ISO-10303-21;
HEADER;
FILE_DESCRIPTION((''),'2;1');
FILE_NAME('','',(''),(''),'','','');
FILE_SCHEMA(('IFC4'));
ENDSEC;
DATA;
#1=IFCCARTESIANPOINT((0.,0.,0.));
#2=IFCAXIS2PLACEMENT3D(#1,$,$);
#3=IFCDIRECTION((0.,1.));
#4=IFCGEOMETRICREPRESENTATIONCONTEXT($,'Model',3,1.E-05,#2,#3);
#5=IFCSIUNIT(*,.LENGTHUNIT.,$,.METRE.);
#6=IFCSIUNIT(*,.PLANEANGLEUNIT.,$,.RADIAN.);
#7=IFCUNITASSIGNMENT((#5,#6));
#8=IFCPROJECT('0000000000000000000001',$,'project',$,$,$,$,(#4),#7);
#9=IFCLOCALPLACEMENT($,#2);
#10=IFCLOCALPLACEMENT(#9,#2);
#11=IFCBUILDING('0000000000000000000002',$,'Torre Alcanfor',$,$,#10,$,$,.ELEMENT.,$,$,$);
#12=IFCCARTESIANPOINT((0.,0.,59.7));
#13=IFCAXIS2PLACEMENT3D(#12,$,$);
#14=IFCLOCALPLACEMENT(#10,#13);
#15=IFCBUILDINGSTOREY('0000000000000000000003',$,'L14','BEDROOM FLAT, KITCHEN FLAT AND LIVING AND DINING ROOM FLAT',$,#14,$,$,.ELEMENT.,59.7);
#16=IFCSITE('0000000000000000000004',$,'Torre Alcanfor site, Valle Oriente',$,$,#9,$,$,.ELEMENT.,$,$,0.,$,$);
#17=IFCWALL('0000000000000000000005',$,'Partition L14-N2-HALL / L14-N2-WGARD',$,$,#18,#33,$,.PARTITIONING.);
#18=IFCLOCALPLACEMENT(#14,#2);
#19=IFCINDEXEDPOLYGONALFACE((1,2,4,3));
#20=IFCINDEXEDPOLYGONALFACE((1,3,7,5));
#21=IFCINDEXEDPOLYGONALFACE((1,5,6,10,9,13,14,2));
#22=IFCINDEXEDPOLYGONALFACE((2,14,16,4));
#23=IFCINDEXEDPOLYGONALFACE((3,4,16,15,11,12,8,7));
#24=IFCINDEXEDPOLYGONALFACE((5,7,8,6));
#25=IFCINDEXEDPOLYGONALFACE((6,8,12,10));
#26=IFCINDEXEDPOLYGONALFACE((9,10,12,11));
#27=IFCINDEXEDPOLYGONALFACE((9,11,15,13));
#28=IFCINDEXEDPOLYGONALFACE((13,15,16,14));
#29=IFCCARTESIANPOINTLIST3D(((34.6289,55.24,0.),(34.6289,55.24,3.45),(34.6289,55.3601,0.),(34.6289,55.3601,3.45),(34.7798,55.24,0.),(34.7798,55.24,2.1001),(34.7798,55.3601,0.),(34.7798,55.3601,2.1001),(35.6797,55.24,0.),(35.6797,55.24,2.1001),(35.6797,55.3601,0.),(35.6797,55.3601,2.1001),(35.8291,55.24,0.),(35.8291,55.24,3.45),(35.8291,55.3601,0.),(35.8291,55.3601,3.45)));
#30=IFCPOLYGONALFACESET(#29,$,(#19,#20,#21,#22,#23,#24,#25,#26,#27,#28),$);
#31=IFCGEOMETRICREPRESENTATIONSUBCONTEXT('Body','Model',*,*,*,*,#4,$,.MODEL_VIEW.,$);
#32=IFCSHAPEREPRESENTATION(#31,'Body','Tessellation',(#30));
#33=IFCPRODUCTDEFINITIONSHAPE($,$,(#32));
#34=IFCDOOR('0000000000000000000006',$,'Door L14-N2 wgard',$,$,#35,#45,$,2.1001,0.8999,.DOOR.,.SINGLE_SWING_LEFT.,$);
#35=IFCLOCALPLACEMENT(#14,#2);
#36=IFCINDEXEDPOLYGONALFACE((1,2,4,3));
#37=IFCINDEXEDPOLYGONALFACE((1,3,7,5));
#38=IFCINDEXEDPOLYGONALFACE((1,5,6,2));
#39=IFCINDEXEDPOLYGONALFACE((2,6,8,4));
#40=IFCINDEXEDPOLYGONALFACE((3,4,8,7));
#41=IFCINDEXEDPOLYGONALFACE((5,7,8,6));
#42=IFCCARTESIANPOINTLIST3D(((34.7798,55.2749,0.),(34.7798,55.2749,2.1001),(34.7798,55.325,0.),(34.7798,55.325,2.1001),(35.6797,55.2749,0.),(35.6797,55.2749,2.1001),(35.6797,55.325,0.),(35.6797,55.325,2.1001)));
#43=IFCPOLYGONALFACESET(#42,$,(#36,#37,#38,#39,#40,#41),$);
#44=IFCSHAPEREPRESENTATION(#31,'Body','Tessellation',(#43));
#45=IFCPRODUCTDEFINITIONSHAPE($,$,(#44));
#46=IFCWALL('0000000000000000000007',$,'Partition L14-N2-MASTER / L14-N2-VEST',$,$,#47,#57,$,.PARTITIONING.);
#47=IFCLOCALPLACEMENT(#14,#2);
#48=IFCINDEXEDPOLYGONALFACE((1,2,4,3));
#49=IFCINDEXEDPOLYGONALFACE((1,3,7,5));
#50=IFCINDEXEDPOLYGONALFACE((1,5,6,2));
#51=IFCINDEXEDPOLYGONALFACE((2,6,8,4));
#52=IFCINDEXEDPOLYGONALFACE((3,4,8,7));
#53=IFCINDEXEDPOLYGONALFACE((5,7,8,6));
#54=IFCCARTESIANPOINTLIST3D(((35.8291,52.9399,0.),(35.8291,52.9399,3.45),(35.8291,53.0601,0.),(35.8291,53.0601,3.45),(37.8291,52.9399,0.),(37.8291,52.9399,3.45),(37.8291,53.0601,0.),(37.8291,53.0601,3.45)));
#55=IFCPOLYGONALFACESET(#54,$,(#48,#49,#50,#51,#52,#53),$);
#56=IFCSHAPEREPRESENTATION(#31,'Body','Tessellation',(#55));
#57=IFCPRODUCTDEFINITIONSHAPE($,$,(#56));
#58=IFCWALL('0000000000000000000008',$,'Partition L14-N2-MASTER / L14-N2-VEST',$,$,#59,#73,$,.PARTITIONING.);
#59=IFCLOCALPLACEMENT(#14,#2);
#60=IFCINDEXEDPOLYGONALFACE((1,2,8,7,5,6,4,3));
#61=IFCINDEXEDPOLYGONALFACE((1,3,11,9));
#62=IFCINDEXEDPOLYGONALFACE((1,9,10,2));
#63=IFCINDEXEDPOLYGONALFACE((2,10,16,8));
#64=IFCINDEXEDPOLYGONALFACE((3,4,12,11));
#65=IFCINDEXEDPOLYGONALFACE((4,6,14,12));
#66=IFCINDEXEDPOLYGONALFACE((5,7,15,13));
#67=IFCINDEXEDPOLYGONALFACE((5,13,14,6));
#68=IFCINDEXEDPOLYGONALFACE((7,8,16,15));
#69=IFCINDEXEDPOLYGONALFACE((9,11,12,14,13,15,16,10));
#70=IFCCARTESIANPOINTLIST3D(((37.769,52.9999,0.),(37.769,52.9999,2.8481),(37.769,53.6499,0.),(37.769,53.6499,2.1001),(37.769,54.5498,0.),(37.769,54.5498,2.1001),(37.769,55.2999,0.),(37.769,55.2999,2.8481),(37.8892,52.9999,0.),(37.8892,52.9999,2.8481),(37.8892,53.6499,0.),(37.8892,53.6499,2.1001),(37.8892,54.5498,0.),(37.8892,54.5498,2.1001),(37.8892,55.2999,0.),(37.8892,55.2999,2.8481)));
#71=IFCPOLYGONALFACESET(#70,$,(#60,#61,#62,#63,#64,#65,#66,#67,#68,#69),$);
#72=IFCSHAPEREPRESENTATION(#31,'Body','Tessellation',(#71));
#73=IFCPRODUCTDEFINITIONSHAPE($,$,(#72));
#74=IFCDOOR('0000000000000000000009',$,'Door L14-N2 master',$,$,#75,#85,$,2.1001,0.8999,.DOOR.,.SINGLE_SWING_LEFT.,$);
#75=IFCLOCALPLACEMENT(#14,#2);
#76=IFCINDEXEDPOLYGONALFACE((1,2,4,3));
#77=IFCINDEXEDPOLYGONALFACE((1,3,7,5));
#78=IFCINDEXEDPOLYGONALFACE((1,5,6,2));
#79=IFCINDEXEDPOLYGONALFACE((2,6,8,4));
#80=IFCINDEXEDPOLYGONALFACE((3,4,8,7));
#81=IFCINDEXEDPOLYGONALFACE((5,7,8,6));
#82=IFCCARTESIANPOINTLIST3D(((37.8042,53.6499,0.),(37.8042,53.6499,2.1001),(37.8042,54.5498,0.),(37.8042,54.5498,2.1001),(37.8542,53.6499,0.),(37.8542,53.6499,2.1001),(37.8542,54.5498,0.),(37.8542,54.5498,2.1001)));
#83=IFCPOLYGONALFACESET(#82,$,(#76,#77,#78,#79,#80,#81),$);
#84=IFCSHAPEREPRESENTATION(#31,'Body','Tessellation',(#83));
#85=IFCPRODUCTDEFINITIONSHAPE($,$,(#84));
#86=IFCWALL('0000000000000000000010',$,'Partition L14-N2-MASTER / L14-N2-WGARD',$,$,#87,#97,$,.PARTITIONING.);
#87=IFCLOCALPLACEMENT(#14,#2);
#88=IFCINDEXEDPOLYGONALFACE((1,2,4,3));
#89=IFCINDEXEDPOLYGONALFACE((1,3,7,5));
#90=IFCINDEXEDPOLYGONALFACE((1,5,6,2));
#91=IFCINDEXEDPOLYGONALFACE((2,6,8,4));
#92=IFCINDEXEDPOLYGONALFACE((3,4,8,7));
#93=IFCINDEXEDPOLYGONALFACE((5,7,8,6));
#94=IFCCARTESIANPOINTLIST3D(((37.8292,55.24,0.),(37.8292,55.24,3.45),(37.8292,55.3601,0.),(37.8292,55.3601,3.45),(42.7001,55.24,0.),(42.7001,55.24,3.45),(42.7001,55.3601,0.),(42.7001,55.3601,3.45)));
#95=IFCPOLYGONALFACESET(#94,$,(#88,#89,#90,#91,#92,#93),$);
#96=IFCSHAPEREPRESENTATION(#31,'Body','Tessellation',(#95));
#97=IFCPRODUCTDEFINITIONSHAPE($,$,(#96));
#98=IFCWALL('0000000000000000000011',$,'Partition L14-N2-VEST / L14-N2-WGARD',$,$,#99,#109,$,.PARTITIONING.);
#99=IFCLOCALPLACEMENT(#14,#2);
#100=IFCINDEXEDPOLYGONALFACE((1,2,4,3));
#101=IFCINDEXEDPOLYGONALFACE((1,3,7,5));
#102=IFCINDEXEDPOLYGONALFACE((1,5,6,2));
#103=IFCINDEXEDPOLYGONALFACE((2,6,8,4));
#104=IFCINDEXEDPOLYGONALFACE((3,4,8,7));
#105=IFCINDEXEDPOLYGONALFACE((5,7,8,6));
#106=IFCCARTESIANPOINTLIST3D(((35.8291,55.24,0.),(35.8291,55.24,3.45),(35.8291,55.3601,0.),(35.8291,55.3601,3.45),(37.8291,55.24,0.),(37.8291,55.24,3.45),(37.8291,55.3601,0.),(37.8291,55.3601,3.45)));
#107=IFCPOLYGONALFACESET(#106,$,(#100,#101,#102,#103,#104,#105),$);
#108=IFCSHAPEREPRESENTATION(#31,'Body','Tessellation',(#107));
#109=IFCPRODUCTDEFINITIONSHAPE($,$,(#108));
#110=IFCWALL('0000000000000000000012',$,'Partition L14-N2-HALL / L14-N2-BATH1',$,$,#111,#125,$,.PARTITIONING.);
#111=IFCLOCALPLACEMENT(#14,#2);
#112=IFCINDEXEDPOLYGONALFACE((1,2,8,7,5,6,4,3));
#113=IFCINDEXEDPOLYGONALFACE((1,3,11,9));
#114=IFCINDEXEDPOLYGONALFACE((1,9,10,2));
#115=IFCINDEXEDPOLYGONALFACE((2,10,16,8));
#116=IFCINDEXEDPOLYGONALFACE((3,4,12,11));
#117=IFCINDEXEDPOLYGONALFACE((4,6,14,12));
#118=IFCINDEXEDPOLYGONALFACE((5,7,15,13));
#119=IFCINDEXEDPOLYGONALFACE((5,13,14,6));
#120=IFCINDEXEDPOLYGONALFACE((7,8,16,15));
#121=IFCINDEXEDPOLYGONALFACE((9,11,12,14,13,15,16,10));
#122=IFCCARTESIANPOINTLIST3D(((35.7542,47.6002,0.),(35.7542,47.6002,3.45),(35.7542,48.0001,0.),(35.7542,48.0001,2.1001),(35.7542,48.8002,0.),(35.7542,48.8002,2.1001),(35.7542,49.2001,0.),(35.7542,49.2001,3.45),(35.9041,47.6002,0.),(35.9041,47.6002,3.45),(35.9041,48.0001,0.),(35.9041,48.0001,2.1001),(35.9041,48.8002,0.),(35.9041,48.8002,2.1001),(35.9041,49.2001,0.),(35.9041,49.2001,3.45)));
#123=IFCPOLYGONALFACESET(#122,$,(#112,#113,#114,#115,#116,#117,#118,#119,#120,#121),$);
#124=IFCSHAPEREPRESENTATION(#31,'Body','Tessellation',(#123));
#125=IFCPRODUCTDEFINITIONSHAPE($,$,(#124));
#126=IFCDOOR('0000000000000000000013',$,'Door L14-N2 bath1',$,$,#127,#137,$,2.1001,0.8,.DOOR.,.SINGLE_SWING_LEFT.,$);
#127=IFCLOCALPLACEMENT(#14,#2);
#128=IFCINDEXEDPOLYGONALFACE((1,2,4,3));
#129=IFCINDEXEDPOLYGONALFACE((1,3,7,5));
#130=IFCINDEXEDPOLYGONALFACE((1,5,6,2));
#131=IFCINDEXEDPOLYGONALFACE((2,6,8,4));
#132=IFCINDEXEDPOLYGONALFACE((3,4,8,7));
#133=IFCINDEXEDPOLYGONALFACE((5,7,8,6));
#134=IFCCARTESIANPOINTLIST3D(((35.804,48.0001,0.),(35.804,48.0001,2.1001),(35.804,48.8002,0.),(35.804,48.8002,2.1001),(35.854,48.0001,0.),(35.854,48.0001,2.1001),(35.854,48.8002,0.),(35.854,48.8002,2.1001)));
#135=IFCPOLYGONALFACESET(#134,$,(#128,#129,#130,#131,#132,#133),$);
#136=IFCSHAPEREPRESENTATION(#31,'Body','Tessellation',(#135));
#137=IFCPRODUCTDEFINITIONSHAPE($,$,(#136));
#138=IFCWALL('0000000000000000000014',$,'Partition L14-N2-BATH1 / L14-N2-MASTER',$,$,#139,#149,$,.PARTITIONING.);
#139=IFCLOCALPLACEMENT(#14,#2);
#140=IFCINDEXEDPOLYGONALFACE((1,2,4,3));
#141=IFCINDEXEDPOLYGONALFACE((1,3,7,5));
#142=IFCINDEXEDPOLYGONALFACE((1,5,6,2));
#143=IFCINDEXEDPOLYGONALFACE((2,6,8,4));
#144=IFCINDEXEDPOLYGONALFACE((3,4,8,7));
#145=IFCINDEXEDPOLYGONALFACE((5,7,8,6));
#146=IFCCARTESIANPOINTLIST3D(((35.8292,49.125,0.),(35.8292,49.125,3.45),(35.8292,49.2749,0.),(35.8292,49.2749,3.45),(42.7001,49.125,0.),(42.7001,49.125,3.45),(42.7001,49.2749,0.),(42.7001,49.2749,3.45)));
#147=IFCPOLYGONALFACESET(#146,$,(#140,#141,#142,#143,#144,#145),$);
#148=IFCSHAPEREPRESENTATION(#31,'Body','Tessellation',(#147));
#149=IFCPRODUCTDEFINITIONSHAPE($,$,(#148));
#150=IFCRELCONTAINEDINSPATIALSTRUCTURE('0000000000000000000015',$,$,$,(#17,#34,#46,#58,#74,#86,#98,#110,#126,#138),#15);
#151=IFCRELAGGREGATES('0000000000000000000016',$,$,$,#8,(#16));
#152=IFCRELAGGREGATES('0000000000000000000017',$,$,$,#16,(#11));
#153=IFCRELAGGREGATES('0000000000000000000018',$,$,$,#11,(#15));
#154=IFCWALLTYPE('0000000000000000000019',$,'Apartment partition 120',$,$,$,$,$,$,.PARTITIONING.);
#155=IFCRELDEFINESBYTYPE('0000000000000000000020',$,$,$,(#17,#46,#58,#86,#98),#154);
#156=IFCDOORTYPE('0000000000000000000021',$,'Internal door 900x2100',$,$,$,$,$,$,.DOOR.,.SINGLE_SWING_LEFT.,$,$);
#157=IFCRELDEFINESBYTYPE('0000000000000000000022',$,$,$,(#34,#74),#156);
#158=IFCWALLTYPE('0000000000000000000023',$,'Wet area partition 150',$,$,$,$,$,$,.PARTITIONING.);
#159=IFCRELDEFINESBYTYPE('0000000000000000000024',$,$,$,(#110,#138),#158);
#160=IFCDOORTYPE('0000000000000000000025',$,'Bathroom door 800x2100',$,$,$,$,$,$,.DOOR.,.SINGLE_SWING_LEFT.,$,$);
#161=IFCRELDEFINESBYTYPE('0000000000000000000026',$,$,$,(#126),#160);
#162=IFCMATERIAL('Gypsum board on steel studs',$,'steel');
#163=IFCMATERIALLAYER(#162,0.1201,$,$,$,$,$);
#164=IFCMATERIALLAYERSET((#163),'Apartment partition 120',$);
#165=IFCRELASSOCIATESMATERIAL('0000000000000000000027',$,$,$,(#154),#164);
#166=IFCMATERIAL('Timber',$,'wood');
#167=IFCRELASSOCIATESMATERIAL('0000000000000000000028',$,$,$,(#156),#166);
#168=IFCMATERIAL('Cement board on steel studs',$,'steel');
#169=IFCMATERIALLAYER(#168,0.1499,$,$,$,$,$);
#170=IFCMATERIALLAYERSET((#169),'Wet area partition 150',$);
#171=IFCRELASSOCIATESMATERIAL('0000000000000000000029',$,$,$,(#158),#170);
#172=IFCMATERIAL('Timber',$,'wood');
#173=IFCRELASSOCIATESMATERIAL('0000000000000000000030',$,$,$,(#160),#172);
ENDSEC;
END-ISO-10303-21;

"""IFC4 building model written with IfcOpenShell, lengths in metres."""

from ifc_helpers import new_model, si_unit, direction, frame, frame_2d, origin, place, context, subcontext, project, spatial, rectangle, extrude, material, layer, layer_set, type_object, element, fill, save


model = new_model("IFC4")

# Units and contexts
model_context = context("Model", 3, precision=1e-05, world=origin(), true_north=direction((0.0, 1.0)))
body_context = subcontext(model_context, "Body", "Model", "MODEL_VIEW")
ifc_project = project(units=[si_unit("LENGTHUNIT", "METRE"), si_unit("PLANEANGLEUNIT", "RADIAN")], contexts=[model_context])

# Site, building, storey
site_placement = place(None, origin())
site = spatial("IfcSite", under=ifc_project, at=site_placement, Name="Torre Alcanfor site, Valle Oriente", CompositionType="ELEMENT", RefElevation=0.0)
building_placement = place(site_placement, origin())
building = spatial("IfcBuilding", under=site, at=building_placement, Name="Torre Alcanfor", CompositionType="ELEMENT")
storey_placement = place(building_placement, frame((0.0, 0.0, 59.7)))
storey = spatial("IfcBuildingStorey", under=building, at=storey_placement, Name="L14", Description="BEDROOM FLAT, KITCHEN FLAT AND LIVING AND DINING ROOM FLAT", CompositionType="ELEMENT", Elevation=59.7)

# Shared definitions
ifc_material_1 = material(Name="Gypsum board on steel studs", Category="steel")
ifc_layer_1 = layer(ifc_material_1, 0.1201)
ifc_layer_set_1 = layer_set([ifc_layer_1], Name="Apartment partition 120")
wall_type_1 = type_object("IfcWallType", Name="Apartment partition 120", PredefinedType="PARTITIONING", material=ifc_layer_set_1)

# Wall, opening, door
ifc_material_2 = material(Name="Timber", Category="wood")
door_type_1 = type_object("IfcDoorType", Name="Internal door 900x2100", OperationType="SINGLE_SWING_LEFT", PredefinedType="DOOR", material=ifc_material_2)
wall_1_placement = place(storey_placement, frame((34.6289, 55.3, 0.0), z_axis=(0.0, 0.0, 1.0), x_axis=(1.0, 0.0, 0.0)))
wall_1 = element("IfcWall", 1, at=wall_1_placement, inside=storey, type_object=wall_type_1, Name="Partition L14-N2-HALL / L14-N2-WGARD", PredefinedType="PARTITIONING", context=body_context, shape_type="SweptSolid", body=[
    extrude(rectangle(XDim=1.2002, YDim=0.1201, at=frame_2d((0.6001, 0.0))), origin(), (0.0, 0.0, 1.0), 3.45),
])
opening_1_placement = place(wall_1_placement, frame((0.1509, 0.0, 0.0)))
opening_1 = element("IfcOpeningElement", 2, at=opening_1_placement, cuts=wall_1, PredefinedType="OPENING", context=body_context, shape_type="SweptSolid", body=[
    extrude(rectangle(XDim=0.8999, YDim=2.1001, at=frame_2d((0.45, 1.05))), frame((0.0, 0.0701, 0.0), z_axis=(0.0, -1.0, 0.0), x_axis=(1.0, 0.0, 0.0)), (0.0, 0.0, 1.0), 0.1401),
])
door_1_placement = place(opening_1_placement, origin())
door_1 = element("IfcDoor", 3, at=door_1_placement, inside=storey, type_object=door_type_1, Name="Door L14-N2 wgard", OperationType="SINGLE_SWING_LEFT", OverallHeight=2.1001, OverallWidth=0.8999, PredefinedType="DOOR", context=body_context, shape_type="SweptSolid", body=[
    extrude(rectangle(XDim=0.8999, YDim=2.1001, at=frame_2d((0.45, 1.05))), frame((0.0, 0.0249, 0.0), z_axis=(0.0, -1.0, 0.0), x_axis=(1.0, 0.0, 0.0)), (0.0, 0.0, 1.0), 0.05),
])
fill(opening_1, door_1)

# Wall
wall_2_placement = place(storey_placement, frame((35.8291, 53.0, 0.0), z_axis=(0.0, 0.0, 1.0), x_axis=(1.0, 0.0, 0.0)))
element("IfcWall", 4, at=wall_2_placement, inside=storey, type_object=wall_type_1, Name="Partition L14-N2-MASTER / L14-N2-VEST", PredefinedType="PARTITIONING", context=body_context, shape_type="SweptSolid", body=[
    extrude(rectangle(XDim=2.0, YDim=0.1201, at=frame_2d((1.0, 0.0))), origin(), (0.0, 0.0, 1.0), 3.45),
])

# Wall, opening, door
wall_3_placement = place(storey_placement, frame((37.8291, 53.0, 0.0), z_axis=(0.0, 0.0, 1.0), x_axis=(0.0, 1.0, 0.0)))
wall_3 = element("IfcWall", 5, at=wall_3_placement, inside=storey, type_object=wall_type_1, Name="Partition L14-N2-MASTER / L14-N2-VEST", PredefinedType="PARTITIONING", context=body_context, shape_type="SweptSolid", body=[
    extrude(rectangle(XDim=2.3, YDim=0.1201, at=frame_2d((1.1499, 0.0))), origin(), (0.0, 0.0, 1.0), 2.8481),
])
opening_2_placement = place(wall_3_placement, frame((0.6499, 0.0, 0.0)))
opening_2 = element("IfcOpeningElement", 6, at=opening_2_placement, cuts=wall_3, PredefinedType="OPENING", context=body_context, shape_type="SweptSolid", body=[
    extrude(rectangle(XDim=0.8999, YDim=2.1001, at=frame_2d((0.45, 1.05))), frame((0.0, 0.0701, 0.0), z_axis=(0.0, -1.0, 0.0), x_axis=(1.0, 0.0, 0.0)), (0.0, 0.0, 1.0), 0.1401),
])
door_2_placement = place(opening_2_placement, origin())
door_2 = element("IfcDoor", 7, at=door_2_placement, inside=storey, type_object=door_type_1, Name="Door L14-N2 master", OperationType="SINGLE_SWING_LEFT", OverallHeight=2.1001, OverallWidth=0.8999, PredefinedType="DOOR", context=body_context, shape_type="SweptSolid", body=[
    extrude(rectangle(XDim=0.8999, YDim=2.1001, at=frame_2d((0.45, 1.05))), frame((0.0, 0.0249, 0.0), z_axis=(0.0, -1.0, 0.0), x_axis=(1.0, 0.0, 0.0)), (0.0, 0.0, 1.0), 0.05),
])
fill(opening_2, door_2)

# Walls
wall_4_placement = place(storey_placement, frame((37.8291, 55.3, 0.0), z_axis=(0.0, 0.0, 1.0), x_axis=(1.0, 0.0, 0.0)))
element("IfcWall", 8, at=wall_4_placement, inside=storey, type_object=wall_type_1, Name="Partition L14-N2-MASTER / L14-N2-WGARD", PredefinedType="PARTITIONING", context=body_context, shape_type="SweptSolid", body=[
    extrude(rectangle(XDim=4.8708, YDim=0.1201, at=frame_2d((2.4355, 0.0))), origin(), (0.0, 0.0, 1.0), 3.45),
])
wall_5_placement = place(storey_placement, frame((35.8291, 55.3, 0.0), z_axis=(0.0, 0.0, 1.0), x_axis=(1.0, 0.0, 0.0)))
element("IfcWall", 9, at=wall_5_placement, inside=storey, type_object=wall_type_1, Name="Partition L14-N2-VEST / L14-N2-WGARD", PredefinedType="PARTITIONING", context=body_context, shape_type="SweptSolid", body=[
    extrude(rectangle(XDim=2.0, YDim=0.1201, at=frame_2d((1.0, 0.0))), origin(), (0.0, 0.0, 1.0), 3.45),
])

# Wall, opening, door
ifc_material_3 = material(Name="Cement board on steel studs", Category="steel")
ifc_layer_2 = layer(ifc_material_3, 0.1499)
ifc_layer_set_2 = layer_set([ifc_layer_2], Name="Wet area partition 150")
wall_type_2 = type_object("IfcWallType", Name="Wet area partition 150", PredefinedType="PARTITIONING", material=ifc_layer_set_2)
wall_6_placement = place(storey_placement, frame((35.8291, 49.2, 0.0), z_axis=(0.0, 0.0, 1.0), x_axis=(0.0, -1.0, 0.0)))
wall_6 = element("IfcWall", 10, at=wall_6_placement, inside=storey, type_object=wall_type_2, Name="Partition L14-N2-HALL / L14-N2-BATH1", PredefinedType="PARTITIONING", context=body_context, shape_type="SweptSolid", body=[
    extrude(rectangle(XDim=1.5999, YDim=0.1499, at=frame_2d((0.7998, 0.0))), origin(), (0.0, 0.0, 1.0), 3.45),
])
opening_3_placement = place(wall_6_placement, frame((0.3999, 0.0, 0.0)))
opening_3 = element("IfcOpeningElement", 11, at=opening_3_placement, cuts=wall_6, PredefinedType="OPENING", context=body_context, shape_type="SweptSolid", body=[
    extrude(rectangle(XDim=0.8, YDim=2.1001, at=frame_2d((0.3999, 1.05))), frame((0.0, 0.085, 0.0), z_axis=(0.0, -1.0, 0.0), x_axis=(1.0, 0.0, 0.0)), (0.0, 0.0, 1.0), 0.1699),
])
ifc_material_4 = material(Name="Timber", Category="wood")
door_type_2 = type_object("IfcDoorType", Name="Bathroom door 800x2100", OperationType="SINGLE_SWING_LEFT", PredefinedType="DOOR", material=ifc_material_4)
door_3_placement = place(opening_3_placement, origin())
door_3 = element("IfcDoor", 12, at=door_3_placement, inside=storey, type_object=door_type_2, Name="Door L14-N2 bath1", OperationType="SINGLE_SWING_LEFT", OverallHeight=2.1001, OverallWidth=0.8, PredefinedType="DOOR", context=body_context, shape_type="SweptSolid", body=[
    extrude(rectangle(XDim=0.8, YDim=2.1001, at=frame_2d((0.3999, 1.05))), frame((0.0, 0.0249, 0.0), z_axis=(0.0, -1.0, 0.0), x_axis=(1.0, 0.0, 0.0)), (0.0, 0.0, 1.0), 0.05),
])
fill(opening_3, door_3)

# Wall
wall_7_placement = place(storey_placement, frame((35.8291, 49.2, 0.0), z_axis=(0.0, 0.0, 1.0), x_axis=(1.0, 0.0, 0.0)))
element("IfcWall", 13, at=wall_7_placement, inside=storey, type_object=wall_type_2, Name="Partition L14-N2-BATH1 / L14-N2-MASTER", PredefinedType="PARTITIONING", context=body_context, shape_type="SweptSolid", body=[
    extrude(rectangle(XDim=6.8708, YDim=0.1499, at=frame_2d((3.4355, 0.0))), origin(), (0.0, 0.0, 1.0), 3.45),
])

save(model, "model.ifc")
